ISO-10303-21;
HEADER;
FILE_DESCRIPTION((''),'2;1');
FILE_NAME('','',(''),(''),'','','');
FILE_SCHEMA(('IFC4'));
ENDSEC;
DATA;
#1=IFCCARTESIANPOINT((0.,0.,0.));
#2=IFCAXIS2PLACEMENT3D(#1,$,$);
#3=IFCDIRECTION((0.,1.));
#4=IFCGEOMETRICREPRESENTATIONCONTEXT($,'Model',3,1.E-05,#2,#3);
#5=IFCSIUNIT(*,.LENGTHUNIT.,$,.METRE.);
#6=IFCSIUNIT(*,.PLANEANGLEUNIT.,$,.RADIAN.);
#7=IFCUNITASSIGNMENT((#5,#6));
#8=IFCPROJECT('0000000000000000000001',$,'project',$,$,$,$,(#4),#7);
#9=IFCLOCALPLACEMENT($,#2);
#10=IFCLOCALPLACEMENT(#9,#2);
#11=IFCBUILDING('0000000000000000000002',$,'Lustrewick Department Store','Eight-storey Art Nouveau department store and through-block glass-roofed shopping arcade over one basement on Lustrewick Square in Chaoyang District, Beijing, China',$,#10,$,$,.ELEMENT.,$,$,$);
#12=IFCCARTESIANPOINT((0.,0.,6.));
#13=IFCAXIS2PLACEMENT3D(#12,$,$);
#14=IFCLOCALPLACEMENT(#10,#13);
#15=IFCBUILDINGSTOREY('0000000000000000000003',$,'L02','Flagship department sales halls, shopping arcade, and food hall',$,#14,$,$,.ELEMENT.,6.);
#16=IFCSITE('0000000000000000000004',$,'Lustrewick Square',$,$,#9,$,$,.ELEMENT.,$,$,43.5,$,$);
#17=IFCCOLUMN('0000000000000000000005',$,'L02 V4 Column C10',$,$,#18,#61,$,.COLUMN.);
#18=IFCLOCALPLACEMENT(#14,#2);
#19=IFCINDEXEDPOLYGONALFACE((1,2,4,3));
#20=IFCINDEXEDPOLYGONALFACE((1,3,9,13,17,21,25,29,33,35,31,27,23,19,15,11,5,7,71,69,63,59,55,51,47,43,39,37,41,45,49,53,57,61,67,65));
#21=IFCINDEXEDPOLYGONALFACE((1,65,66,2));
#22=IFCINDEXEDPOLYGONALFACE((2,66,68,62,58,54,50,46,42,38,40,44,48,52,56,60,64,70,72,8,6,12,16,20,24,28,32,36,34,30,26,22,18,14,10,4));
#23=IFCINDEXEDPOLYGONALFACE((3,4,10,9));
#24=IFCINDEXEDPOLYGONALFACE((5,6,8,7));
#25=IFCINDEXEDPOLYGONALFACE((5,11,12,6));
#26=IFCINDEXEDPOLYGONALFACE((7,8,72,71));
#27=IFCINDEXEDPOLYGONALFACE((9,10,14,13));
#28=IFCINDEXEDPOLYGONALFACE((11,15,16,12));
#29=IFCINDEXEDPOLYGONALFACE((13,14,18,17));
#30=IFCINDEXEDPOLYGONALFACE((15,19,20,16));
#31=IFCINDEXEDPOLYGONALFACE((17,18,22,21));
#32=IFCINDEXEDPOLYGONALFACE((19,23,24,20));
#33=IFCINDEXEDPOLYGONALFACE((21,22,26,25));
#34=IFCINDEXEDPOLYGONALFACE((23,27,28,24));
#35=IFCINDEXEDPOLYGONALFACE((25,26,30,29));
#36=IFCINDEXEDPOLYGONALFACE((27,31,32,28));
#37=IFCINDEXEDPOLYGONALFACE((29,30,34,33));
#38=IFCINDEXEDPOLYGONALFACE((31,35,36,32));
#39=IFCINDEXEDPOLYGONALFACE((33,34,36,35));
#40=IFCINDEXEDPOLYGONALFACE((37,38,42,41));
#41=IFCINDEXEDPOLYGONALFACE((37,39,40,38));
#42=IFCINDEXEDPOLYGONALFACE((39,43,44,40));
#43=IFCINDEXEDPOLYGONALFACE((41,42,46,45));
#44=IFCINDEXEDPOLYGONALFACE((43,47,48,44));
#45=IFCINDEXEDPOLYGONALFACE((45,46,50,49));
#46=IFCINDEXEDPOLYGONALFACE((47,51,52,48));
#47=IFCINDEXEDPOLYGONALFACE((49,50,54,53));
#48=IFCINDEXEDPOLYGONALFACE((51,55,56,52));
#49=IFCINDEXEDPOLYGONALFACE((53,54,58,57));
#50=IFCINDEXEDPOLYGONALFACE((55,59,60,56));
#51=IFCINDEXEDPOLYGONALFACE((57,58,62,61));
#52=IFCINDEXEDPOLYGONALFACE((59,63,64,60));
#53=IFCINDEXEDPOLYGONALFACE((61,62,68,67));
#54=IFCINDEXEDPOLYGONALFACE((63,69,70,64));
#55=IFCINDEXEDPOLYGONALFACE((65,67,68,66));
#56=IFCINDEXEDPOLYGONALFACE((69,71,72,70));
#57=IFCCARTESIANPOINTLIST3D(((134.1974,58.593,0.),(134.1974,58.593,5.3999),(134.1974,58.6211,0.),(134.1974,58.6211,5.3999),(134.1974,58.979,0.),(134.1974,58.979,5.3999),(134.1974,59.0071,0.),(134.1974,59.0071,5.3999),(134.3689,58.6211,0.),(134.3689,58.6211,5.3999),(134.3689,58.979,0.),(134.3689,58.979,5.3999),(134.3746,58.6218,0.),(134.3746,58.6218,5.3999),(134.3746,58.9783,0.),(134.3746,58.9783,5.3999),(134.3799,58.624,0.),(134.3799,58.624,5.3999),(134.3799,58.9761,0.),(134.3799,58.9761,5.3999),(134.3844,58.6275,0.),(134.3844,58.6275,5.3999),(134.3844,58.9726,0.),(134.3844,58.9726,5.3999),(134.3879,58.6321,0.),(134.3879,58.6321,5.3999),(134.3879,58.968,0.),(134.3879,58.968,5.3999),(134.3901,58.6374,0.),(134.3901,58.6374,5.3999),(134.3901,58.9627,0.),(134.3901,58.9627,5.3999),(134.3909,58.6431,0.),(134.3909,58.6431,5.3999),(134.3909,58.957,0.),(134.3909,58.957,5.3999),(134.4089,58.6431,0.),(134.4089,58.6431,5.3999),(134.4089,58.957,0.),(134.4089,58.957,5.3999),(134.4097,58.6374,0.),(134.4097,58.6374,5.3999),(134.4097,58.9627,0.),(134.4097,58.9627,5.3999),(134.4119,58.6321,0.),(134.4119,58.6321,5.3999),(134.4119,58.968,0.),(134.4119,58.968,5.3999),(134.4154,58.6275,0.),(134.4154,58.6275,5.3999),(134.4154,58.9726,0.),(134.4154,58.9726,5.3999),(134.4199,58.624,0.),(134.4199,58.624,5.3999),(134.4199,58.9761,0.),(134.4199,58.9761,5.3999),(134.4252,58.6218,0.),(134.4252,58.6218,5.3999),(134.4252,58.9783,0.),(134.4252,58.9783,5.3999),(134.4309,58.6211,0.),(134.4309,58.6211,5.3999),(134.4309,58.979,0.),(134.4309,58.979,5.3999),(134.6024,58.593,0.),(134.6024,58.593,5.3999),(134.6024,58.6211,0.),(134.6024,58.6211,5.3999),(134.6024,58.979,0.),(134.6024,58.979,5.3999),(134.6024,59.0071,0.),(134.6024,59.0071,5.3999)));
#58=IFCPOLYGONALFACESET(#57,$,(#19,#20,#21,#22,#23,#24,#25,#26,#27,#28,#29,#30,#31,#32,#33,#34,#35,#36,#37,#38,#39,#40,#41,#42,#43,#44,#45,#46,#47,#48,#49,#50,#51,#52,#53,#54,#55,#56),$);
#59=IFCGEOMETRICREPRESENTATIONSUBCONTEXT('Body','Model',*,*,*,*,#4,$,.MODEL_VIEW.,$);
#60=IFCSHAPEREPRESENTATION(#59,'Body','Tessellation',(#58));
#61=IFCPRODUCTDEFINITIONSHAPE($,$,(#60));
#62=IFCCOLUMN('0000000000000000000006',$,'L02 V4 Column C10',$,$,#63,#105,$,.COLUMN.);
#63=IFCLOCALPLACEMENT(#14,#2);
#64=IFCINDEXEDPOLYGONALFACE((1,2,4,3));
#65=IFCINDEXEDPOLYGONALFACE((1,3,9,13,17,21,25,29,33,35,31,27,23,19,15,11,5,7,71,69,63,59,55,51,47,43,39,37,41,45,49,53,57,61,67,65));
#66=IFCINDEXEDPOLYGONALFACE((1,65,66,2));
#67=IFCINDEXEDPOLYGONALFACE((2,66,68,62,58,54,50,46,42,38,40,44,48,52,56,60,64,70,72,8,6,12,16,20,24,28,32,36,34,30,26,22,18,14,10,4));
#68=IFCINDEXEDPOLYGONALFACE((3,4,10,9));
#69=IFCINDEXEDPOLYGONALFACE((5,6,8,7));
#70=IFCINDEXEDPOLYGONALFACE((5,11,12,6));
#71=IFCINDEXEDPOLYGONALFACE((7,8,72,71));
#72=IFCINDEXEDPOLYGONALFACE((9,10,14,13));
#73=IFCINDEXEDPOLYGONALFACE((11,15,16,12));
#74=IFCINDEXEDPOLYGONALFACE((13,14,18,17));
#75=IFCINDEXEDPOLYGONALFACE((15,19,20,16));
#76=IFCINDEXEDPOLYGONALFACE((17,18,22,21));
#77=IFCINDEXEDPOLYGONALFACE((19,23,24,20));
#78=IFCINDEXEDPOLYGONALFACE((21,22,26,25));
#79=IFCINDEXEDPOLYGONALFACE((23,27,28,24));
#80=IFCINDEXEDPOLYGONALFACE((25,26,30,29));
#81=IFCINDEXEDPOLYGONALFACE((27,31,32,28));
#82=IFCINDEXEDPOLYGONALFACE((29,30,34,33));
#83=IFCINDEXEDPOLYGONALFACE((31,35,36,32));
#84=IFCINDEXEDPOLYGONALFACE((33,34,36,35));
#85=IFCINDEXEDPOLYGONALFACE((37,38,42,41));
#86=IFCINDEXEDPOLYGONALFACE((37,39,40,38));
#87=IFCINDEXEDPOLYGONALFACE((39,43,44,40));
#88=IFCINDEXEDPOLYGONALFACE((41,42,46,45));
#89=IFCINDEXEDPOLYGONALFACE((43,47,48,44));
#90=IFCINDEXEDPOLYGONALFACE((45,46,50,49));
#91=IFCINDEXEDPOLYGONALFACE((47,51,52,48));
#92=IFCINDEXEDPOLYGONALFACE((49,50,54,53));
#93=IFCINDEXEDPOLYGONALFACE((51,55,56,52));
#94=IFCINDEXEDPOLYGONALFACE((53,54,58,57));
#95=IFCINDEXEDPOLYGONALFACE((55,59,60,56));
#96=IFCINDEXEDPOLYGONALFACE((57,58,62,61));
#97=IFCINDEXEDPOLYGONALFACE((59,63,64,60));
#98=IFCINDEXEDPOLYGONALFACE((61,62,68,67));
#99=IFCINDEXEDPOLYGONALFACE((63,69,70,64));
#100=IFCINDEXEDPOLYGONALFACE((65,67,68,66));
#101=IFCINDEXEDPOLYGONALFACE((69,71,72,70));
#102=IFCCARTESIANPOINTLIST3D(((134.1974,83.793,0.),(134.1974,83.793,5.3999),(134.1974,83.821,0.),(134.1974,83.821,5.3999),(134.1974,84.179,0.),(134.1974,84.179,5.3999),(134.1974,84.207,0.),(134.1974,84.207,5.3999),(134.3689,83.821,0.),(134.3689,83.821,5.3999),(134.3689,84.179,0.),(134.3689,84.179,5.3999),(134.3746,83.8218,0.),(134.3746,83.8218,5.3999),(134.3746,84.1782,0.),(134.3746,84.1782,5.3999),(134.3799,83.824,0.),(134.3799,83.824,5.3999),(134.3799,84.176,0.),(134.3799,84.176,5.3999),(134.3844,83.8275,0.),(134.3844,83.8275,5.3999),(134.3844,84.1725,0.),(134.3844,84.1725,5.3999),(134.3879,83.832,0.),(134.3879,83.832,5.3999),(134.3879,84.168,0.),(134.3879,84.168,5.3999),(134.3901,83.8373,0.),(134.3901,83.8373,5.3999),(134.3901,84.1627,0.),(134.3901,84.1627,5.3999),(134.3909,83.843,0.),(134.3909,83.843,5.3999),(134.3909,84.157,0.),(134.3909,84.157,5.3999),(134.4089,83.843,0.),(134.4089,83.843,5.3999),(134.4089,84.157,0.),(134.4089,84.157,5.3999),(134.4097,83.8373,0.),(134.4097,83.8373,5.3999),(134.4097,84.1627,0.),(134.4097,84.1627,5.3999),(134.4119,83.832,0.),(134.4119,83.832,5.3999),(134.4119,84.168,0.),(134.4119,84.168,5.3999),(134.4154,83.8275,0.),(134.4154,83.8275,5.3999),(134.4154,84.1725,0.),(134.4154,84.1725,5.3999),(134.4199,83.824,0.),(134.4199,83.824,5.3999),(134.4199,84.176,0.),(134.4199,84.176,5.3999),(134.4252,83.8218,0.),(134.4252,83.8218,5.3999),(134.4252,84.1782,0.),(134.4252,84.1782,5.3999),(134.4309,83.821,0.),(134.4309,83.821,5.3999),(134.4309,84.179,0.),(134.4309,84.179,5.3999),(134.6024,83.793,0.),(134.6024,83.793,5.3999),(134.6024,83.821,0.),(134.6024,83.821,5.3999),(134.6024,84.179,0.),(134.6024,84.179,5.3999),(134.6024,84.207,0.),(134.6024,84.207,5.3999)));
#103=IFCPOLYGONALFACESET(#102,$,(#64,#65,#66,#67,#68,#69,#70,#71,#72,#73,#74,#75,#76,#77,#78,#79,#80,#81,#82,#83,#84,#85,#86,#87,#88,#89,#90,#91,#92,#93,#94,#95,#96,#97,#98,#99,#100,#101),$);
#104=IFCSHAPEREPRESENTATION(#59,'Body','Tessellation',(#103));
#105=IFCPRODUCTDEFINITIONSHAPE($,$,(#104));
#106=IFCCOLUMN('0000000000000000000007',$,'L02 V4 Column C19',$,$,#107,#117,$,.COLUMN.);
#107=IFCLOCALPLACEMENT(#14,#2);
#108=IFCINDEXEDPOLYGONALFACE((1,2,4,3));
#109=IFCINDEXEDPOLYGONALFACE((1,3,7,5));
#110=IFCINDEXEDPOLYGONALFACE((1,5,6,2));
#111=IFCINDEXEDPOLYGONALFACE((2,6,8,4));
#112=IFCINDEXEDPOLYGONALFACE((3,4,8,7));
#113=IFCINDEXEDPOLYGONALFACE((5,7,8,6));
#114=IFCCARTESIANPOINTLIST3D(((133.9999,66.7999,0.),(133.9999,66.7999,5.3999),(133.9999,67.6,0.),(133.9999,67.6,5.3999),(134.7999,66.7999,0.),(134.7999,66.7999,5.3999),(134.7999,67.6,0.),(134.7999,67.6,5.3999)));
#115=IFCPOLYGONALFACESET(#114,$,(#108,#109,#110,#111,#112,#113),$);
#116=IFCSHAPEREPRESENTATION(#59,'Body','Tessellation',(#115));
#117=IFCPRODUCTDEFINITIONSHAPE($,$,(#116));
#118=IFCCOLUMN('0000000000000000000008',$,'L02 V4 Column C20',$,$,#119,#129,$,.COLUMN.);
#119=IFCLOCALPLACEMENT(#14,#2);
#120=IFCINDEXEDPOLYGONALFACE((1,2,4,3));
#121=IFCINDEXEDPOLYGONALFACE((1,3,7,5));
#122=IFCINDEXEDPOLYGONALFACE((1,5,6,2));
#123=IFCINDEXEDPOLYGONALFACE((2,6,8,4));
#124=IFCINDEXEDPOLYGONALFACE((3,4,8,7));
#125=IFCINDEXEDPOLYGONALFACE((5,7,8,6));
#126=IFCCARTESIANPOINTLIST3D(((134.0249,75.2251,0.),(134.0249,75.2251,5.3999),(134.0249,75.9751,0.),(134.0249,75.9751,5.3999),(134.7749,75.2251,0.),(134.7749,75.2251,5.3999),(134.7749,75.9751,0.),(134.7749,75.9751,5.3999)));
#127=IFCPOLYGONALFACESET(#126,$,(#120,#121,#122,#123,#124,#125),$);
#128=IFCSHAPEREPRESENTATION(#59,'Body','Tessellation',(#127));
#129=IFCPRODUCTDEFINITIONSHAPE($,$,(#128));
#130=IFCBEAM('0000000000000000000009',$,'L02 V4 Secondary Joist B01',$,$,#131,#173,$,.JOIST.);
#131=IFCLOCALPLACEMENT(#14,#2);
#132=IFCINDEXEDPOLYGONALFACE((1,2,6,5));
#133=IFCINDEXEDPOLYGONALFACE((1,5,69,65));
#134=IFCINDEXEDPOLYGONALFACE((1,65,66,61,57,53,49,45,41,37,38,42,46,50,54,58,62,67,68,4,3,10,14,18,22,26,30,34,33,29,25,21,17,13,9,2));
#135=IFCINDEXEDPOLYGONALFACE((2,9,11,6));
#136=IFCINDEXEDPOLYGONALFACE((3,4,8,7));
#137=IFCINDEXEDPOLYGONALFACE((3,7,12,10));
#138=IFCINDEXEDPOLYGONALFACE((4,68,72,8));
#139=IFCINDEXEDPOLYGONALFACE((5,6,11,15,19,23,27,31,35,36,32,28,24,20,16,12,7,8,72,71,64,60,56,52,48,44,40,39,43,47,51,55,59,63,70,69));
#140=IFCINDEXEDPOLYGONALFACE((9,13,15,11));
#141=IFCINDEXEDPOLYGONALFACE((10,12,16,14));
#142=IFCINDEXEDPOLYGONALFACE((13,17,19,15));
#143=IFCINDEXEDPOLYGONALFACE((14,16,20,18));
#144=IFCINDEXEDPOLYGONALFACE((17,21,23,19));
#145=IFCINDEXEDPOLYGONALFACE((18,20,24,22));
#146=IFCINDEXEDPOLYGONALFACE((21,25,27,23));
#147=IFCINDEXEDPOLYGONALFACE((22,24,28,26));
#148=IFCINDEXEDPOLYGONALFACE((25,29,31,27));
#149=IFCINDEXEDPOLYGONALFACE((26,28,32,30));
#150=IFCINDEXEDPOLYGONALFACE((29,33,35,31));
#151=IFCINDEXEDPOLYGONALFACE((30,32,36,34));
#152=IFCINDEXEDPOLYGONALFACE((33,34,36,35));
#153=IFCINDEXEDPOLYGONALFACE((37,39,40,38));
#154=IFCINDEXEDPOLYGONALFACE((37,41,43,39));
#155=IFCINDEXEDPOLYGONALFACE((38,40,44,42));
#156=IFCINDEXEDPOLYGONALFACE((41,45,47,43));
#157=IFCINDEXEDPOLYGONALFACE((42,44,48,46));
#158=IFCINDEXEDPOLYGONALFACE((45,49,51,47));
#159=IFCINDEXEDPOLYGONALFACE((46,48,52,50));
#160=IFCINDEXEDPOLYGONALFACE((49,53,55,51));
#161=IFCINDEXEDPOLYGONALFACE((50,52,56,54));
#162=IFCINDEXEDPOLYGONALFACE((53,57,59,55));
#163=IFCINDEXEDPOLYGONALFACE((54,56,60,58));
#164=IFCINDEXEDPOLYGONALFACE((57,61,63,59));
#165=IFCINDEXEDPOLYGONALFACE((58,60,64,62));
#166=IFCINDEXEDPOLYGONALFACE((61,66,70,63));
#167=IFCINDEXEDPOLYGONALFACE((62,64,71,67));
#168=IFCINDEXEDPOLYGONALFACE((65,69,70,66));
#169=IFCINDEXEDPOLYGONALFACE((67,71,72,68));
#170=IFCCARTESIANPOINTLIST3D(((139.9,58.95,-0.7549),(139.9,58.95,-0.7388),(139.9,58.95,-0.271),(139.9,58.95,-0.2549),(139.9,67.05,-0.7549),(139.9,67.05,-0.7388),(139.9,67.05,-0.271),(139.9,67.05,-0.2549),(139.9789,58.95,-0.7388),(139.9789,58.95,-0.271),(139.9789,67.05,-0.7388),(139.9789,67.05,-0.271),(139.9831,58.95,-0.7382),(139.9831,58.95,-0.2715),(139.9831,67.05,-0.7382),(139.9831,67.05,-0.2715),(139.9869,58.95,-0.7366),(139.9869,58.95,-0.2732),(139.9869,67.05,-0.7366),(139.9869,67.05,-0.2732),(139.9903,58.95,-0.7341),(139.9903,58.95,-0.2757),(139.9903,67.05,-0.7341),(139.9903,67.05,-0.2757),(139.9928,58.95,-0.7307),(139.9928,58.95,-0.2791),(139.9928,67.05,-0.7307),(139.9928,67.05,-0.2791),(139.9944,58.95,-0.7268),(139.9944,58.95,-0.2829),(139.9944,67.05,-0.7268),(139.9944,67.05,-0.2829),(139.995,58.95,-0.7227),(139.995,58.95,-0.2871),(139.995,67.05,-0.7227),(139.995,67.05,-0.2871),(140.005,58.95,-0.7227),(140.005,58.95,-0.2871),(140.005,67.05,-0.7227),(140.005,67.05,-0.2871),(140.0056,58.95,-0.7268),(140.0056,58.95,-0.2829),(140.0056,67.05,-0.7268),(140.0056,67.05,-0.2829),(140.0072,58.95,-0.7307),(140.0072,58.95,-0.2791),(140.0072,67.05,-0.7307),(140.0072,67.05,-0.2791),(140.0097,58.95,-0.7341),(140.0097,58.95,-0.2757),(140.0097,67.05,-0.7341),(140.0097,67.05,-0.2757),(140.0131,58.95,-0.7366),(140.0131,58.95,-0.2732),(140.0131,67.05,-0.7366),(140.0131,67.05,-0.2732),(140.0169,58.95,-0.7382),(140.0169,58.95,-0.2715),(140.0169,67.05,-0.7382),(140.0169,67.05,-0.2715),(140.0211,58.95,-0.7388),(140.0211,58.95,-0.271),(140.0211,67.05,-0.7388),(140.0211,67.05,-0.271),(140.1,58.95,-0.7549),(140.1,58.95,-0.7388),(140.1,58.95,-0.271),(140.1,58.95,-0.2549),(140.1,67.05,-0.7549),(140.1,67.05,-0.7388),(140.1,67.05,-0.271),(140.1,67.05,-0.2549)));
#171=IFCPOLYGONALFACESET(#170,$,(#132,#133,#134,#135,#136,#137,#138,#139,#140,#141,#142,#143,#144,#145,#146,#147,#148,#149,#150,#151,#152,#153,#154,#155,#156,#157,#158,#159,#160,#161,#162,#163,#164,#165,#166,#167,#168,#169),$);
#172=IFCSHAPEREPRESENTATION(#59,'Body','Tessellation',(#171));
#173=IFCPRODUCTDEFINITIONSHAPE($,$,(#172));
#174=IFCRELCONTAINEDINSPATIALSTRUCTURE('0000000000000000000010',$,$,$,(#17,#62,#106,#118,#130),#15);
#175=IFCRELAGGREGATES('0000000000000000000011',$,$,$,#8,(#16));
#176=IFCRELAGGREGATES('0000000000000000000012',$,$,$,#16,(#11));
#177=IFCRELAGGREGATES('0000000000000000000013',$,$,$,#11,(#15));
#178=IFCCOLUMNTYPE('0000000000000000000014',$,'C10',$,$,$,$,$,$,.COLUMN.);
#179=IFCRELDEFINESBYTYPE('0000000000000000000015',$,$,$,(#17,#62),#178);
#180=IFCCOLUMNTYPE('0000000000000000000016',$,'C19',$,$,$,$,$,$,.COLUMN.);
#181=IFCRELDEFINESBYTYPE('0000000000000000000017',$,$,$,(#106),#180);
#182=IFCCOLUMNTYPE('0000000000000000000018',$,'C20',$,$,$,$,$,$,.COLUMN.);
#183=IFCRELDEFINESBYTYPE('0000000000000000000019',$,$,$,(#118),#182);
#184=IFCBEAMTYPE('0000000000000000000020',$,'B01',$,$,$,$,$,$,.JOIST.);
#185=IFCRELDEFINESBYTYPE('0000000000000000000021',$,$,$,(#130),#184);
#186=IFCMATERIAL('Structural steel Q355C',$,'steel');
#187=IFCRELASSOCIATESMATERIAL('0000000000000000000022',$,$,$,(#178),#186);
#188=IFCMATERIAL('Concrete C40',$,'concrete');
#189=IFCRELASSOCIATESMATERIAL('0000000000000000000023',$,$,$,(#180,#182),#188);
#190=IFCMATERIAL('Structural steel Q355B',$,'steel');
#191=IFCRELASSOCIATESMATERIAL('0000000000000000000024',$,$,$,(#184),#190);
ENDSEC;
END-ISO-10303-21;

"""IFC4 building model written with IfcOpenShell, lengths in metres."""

from ifc_helpers import new_model, si_unit, direction, frame, origin, origin_2d, place, context, subcontext, project, spatial, rectangle, i_section, extrude, material, material_profile, profile_set, type_object, element, save


model = new_model("IFC4")

# Units and contexts
model_context = context("Model", 3, precision=1e-05, world=origin(), true_north=direction((0.0, 1.0)))
body_context = subcontext(model_context, "Body", "Model", "MODEL_VIEW")
ifc_project = project(units=[si_unit("LENGTHUNIT", "METRE"), si_unit("PLANEANGLEUNIT", "RADIAN")], contexts=[model_context])

# Site, building, storey
site_placement = place(None, origin())
site = spatial("IfcSite", under=ifc_project, at=site_placement, Name="Lustrewick Square", CompositionType="ELEMENT", RefElevation=43.5)
building_placement = place(site_placement, origin())
building = spatial("IfcBuilding", under=site, at=building_placement, Name="Lustrewick Department Store", Description="Eight-storey Art Nouveau department store and through-block glass-roofed shopping arcade over one basement on Lustrewick Square in Chaoyang District, Beijing, China", CompositionType="ELEMENT")
storey_placement = place(building_placement, frame((0.0, 0.0, 6.0)))
storey = spatial("IfcBuildingStorey", under=building, at=storey_placement, Name="L02", Description="Flagship department sales halls, shopping arcade, and food hall", CompositionType="ELEMENT", Elevation=6.0)

# Columns
ifc_material_1 = material(Name="Structural steel Q355C", Category="steel")
ifc_material_profile_1 = material_profile(ifc_material_1, i_section(OverallWidth=0.405, OverallDepth=0.4141, WebThickness=0.0181, FlangeThickness=0.0281, FilletRadius=0.022, at=origin_2d()), Name="HW 414x405x18x28")
ifc_profile_set_1 = profile_set([ifc_material_profile_1], Name="Structural steel Q355C")
column_type_1 = type_object("IfcColumnType", Name="C10", PredefinedType="COLUMN", material=ifc_profile_set_1)
for number, where, z_axis, x_axis, name in (
    (1, (134.3999, 58.8, 0.0), (0.0, 0.0, 1.0), (1.0, 0.0, 0.0), "L02 V4 Column C10"),
    (2, (134.3999, 84.0, 0.0), (0.0, 0.0, 1.0), (1.0, 0.0, 0.0), "L02 V4 Column C10"),
):
    element("IfcColumn", number, at=place(storey_placement, frame(where, z_axis=z_axis, x_axis=x_axis)), inside=storey, type_object=column_type_1, Name=name, PredefinedType="COLUMN", context=body_context, shape_type="SweptSolid", body=[
        extrude(i_section(OverallWidth=0.405, OverallDepth=0.4141, WebThickness=0.0181, FlangeThickness=0.0281, FilletRadius=0.022, at=origin_2d()), origin(), (0.0, 0.0, 1.0), 5.3999),
    ])
ifc_material_2 = material(Name="Concrete C40", Category="concrete")
ifc_material_profile_2 = material_profile(ifc_material_2, rectangle(XDim=0.8, YDim=0.8, at=origin_2d()), Name="RC 800x800")
ifc_profile_set_2 = profile_set([ifc_material_profile_2], Name="Concrete C40")
column_type_2 = type_object("IfcColumnType", Name="C19", PredefinedType="COLUMN", material=ifc_profile_set_2)
column_1_placement = place(storey_placement, frame((134.3999, 67.2, 0.0), z_axis=(0.0, 0.0, 1.0), x_axis=(1.0, 0.0, 0.0)))
element("IfcColumn", 3, at=column_1_placement, inside=storey, type_object=column_type_2, Name="L02 V4 Column C19", PredefinedType="COLUMN", context=body_context, shape_type="SweptSolid", body=[
    extrude(rectangle(XDim=0.8, YDim=0.8, at=origin_2d()), origin(), (0.0, 0.0, 1.0), 5.3999),
])
ifc_material_profile_3 = material_profile(ifc_material_2, rectangle(XDim=0.75, YDim=0.75, at=origin_2d()), Name="RC 750x750")
ifc_profile_set_3 = profile_set([ifc_material_profile_3], Name="Concrete C40")
column_type_3 = type_object("IfcColumnType", Name="C20", PredefinedType="COLUMN", material=ifc_profile_set_3)
column_2_placement = place(storey_placement, frame((134.3999, 75.6001, 0.0), z_axis=(0.0, 0.0, 1.0), x_axis=(1.0, 0.0, 0.0)))
element("IfcColumn", 4, at=column_2_placement, inside=storey, type_object=column_type_3, Name="L02 V4 Column C20", PredefinedType="COLUMN", context=body_context, shape_type="SweptSolid", body=[
    extrude(rectangle(XDim=0.75, YDim=0.75, at=origin_2d()), origin(), (0.0, 0.0, 1.0), 5.3999),
])

# Beam
ifc_material_3 = material(Name="Structural steel Q355B", Category="steel")
ifc_material_profile_4 = material_profile(ifc_material_3, i_section(OverallWidth=0.2, OverallDepth=0.5, WebThickness=0.01, FlangeThickness=0.0161, FilletRadius=0.0161, at=origin_2d()), Name="HN 500x200x10x16")
ifc_profile_set_4 = profile_set([ifc_material_profile_4], Name="Structural steel Q355B")
beam_type_1 = type_object("IfcBeamType", Name="B01", PredefinedType="JOIST", material=ifc_profile_set_4)
beam_1_placement = place(storey_placement, frame((140.0, 58.95, -0.5049), z_axis=(0.0, 1.0, 0.0), x_axis=(-1.0, 0.0, 0.0)))
element("IfcBeam", 5, at=beam_1_placement, inside=storey, type_object=beam_type_1, Name="L02 V4 Secondary Joist B01", PredefinedType="JOIST", context=body_context, shape_type="SweptSolid", body=[
    extrude(i_section(OverallWidth=0.2, OverallDepth=0.5, WebThickness=0.01, FlangeThickness=0.0161, FilletRadius=0.0161, at=origin_2d()), origin(), (0.0, 0.0, 1.0), 8.1001),
])

save(model, "model.ifc")
